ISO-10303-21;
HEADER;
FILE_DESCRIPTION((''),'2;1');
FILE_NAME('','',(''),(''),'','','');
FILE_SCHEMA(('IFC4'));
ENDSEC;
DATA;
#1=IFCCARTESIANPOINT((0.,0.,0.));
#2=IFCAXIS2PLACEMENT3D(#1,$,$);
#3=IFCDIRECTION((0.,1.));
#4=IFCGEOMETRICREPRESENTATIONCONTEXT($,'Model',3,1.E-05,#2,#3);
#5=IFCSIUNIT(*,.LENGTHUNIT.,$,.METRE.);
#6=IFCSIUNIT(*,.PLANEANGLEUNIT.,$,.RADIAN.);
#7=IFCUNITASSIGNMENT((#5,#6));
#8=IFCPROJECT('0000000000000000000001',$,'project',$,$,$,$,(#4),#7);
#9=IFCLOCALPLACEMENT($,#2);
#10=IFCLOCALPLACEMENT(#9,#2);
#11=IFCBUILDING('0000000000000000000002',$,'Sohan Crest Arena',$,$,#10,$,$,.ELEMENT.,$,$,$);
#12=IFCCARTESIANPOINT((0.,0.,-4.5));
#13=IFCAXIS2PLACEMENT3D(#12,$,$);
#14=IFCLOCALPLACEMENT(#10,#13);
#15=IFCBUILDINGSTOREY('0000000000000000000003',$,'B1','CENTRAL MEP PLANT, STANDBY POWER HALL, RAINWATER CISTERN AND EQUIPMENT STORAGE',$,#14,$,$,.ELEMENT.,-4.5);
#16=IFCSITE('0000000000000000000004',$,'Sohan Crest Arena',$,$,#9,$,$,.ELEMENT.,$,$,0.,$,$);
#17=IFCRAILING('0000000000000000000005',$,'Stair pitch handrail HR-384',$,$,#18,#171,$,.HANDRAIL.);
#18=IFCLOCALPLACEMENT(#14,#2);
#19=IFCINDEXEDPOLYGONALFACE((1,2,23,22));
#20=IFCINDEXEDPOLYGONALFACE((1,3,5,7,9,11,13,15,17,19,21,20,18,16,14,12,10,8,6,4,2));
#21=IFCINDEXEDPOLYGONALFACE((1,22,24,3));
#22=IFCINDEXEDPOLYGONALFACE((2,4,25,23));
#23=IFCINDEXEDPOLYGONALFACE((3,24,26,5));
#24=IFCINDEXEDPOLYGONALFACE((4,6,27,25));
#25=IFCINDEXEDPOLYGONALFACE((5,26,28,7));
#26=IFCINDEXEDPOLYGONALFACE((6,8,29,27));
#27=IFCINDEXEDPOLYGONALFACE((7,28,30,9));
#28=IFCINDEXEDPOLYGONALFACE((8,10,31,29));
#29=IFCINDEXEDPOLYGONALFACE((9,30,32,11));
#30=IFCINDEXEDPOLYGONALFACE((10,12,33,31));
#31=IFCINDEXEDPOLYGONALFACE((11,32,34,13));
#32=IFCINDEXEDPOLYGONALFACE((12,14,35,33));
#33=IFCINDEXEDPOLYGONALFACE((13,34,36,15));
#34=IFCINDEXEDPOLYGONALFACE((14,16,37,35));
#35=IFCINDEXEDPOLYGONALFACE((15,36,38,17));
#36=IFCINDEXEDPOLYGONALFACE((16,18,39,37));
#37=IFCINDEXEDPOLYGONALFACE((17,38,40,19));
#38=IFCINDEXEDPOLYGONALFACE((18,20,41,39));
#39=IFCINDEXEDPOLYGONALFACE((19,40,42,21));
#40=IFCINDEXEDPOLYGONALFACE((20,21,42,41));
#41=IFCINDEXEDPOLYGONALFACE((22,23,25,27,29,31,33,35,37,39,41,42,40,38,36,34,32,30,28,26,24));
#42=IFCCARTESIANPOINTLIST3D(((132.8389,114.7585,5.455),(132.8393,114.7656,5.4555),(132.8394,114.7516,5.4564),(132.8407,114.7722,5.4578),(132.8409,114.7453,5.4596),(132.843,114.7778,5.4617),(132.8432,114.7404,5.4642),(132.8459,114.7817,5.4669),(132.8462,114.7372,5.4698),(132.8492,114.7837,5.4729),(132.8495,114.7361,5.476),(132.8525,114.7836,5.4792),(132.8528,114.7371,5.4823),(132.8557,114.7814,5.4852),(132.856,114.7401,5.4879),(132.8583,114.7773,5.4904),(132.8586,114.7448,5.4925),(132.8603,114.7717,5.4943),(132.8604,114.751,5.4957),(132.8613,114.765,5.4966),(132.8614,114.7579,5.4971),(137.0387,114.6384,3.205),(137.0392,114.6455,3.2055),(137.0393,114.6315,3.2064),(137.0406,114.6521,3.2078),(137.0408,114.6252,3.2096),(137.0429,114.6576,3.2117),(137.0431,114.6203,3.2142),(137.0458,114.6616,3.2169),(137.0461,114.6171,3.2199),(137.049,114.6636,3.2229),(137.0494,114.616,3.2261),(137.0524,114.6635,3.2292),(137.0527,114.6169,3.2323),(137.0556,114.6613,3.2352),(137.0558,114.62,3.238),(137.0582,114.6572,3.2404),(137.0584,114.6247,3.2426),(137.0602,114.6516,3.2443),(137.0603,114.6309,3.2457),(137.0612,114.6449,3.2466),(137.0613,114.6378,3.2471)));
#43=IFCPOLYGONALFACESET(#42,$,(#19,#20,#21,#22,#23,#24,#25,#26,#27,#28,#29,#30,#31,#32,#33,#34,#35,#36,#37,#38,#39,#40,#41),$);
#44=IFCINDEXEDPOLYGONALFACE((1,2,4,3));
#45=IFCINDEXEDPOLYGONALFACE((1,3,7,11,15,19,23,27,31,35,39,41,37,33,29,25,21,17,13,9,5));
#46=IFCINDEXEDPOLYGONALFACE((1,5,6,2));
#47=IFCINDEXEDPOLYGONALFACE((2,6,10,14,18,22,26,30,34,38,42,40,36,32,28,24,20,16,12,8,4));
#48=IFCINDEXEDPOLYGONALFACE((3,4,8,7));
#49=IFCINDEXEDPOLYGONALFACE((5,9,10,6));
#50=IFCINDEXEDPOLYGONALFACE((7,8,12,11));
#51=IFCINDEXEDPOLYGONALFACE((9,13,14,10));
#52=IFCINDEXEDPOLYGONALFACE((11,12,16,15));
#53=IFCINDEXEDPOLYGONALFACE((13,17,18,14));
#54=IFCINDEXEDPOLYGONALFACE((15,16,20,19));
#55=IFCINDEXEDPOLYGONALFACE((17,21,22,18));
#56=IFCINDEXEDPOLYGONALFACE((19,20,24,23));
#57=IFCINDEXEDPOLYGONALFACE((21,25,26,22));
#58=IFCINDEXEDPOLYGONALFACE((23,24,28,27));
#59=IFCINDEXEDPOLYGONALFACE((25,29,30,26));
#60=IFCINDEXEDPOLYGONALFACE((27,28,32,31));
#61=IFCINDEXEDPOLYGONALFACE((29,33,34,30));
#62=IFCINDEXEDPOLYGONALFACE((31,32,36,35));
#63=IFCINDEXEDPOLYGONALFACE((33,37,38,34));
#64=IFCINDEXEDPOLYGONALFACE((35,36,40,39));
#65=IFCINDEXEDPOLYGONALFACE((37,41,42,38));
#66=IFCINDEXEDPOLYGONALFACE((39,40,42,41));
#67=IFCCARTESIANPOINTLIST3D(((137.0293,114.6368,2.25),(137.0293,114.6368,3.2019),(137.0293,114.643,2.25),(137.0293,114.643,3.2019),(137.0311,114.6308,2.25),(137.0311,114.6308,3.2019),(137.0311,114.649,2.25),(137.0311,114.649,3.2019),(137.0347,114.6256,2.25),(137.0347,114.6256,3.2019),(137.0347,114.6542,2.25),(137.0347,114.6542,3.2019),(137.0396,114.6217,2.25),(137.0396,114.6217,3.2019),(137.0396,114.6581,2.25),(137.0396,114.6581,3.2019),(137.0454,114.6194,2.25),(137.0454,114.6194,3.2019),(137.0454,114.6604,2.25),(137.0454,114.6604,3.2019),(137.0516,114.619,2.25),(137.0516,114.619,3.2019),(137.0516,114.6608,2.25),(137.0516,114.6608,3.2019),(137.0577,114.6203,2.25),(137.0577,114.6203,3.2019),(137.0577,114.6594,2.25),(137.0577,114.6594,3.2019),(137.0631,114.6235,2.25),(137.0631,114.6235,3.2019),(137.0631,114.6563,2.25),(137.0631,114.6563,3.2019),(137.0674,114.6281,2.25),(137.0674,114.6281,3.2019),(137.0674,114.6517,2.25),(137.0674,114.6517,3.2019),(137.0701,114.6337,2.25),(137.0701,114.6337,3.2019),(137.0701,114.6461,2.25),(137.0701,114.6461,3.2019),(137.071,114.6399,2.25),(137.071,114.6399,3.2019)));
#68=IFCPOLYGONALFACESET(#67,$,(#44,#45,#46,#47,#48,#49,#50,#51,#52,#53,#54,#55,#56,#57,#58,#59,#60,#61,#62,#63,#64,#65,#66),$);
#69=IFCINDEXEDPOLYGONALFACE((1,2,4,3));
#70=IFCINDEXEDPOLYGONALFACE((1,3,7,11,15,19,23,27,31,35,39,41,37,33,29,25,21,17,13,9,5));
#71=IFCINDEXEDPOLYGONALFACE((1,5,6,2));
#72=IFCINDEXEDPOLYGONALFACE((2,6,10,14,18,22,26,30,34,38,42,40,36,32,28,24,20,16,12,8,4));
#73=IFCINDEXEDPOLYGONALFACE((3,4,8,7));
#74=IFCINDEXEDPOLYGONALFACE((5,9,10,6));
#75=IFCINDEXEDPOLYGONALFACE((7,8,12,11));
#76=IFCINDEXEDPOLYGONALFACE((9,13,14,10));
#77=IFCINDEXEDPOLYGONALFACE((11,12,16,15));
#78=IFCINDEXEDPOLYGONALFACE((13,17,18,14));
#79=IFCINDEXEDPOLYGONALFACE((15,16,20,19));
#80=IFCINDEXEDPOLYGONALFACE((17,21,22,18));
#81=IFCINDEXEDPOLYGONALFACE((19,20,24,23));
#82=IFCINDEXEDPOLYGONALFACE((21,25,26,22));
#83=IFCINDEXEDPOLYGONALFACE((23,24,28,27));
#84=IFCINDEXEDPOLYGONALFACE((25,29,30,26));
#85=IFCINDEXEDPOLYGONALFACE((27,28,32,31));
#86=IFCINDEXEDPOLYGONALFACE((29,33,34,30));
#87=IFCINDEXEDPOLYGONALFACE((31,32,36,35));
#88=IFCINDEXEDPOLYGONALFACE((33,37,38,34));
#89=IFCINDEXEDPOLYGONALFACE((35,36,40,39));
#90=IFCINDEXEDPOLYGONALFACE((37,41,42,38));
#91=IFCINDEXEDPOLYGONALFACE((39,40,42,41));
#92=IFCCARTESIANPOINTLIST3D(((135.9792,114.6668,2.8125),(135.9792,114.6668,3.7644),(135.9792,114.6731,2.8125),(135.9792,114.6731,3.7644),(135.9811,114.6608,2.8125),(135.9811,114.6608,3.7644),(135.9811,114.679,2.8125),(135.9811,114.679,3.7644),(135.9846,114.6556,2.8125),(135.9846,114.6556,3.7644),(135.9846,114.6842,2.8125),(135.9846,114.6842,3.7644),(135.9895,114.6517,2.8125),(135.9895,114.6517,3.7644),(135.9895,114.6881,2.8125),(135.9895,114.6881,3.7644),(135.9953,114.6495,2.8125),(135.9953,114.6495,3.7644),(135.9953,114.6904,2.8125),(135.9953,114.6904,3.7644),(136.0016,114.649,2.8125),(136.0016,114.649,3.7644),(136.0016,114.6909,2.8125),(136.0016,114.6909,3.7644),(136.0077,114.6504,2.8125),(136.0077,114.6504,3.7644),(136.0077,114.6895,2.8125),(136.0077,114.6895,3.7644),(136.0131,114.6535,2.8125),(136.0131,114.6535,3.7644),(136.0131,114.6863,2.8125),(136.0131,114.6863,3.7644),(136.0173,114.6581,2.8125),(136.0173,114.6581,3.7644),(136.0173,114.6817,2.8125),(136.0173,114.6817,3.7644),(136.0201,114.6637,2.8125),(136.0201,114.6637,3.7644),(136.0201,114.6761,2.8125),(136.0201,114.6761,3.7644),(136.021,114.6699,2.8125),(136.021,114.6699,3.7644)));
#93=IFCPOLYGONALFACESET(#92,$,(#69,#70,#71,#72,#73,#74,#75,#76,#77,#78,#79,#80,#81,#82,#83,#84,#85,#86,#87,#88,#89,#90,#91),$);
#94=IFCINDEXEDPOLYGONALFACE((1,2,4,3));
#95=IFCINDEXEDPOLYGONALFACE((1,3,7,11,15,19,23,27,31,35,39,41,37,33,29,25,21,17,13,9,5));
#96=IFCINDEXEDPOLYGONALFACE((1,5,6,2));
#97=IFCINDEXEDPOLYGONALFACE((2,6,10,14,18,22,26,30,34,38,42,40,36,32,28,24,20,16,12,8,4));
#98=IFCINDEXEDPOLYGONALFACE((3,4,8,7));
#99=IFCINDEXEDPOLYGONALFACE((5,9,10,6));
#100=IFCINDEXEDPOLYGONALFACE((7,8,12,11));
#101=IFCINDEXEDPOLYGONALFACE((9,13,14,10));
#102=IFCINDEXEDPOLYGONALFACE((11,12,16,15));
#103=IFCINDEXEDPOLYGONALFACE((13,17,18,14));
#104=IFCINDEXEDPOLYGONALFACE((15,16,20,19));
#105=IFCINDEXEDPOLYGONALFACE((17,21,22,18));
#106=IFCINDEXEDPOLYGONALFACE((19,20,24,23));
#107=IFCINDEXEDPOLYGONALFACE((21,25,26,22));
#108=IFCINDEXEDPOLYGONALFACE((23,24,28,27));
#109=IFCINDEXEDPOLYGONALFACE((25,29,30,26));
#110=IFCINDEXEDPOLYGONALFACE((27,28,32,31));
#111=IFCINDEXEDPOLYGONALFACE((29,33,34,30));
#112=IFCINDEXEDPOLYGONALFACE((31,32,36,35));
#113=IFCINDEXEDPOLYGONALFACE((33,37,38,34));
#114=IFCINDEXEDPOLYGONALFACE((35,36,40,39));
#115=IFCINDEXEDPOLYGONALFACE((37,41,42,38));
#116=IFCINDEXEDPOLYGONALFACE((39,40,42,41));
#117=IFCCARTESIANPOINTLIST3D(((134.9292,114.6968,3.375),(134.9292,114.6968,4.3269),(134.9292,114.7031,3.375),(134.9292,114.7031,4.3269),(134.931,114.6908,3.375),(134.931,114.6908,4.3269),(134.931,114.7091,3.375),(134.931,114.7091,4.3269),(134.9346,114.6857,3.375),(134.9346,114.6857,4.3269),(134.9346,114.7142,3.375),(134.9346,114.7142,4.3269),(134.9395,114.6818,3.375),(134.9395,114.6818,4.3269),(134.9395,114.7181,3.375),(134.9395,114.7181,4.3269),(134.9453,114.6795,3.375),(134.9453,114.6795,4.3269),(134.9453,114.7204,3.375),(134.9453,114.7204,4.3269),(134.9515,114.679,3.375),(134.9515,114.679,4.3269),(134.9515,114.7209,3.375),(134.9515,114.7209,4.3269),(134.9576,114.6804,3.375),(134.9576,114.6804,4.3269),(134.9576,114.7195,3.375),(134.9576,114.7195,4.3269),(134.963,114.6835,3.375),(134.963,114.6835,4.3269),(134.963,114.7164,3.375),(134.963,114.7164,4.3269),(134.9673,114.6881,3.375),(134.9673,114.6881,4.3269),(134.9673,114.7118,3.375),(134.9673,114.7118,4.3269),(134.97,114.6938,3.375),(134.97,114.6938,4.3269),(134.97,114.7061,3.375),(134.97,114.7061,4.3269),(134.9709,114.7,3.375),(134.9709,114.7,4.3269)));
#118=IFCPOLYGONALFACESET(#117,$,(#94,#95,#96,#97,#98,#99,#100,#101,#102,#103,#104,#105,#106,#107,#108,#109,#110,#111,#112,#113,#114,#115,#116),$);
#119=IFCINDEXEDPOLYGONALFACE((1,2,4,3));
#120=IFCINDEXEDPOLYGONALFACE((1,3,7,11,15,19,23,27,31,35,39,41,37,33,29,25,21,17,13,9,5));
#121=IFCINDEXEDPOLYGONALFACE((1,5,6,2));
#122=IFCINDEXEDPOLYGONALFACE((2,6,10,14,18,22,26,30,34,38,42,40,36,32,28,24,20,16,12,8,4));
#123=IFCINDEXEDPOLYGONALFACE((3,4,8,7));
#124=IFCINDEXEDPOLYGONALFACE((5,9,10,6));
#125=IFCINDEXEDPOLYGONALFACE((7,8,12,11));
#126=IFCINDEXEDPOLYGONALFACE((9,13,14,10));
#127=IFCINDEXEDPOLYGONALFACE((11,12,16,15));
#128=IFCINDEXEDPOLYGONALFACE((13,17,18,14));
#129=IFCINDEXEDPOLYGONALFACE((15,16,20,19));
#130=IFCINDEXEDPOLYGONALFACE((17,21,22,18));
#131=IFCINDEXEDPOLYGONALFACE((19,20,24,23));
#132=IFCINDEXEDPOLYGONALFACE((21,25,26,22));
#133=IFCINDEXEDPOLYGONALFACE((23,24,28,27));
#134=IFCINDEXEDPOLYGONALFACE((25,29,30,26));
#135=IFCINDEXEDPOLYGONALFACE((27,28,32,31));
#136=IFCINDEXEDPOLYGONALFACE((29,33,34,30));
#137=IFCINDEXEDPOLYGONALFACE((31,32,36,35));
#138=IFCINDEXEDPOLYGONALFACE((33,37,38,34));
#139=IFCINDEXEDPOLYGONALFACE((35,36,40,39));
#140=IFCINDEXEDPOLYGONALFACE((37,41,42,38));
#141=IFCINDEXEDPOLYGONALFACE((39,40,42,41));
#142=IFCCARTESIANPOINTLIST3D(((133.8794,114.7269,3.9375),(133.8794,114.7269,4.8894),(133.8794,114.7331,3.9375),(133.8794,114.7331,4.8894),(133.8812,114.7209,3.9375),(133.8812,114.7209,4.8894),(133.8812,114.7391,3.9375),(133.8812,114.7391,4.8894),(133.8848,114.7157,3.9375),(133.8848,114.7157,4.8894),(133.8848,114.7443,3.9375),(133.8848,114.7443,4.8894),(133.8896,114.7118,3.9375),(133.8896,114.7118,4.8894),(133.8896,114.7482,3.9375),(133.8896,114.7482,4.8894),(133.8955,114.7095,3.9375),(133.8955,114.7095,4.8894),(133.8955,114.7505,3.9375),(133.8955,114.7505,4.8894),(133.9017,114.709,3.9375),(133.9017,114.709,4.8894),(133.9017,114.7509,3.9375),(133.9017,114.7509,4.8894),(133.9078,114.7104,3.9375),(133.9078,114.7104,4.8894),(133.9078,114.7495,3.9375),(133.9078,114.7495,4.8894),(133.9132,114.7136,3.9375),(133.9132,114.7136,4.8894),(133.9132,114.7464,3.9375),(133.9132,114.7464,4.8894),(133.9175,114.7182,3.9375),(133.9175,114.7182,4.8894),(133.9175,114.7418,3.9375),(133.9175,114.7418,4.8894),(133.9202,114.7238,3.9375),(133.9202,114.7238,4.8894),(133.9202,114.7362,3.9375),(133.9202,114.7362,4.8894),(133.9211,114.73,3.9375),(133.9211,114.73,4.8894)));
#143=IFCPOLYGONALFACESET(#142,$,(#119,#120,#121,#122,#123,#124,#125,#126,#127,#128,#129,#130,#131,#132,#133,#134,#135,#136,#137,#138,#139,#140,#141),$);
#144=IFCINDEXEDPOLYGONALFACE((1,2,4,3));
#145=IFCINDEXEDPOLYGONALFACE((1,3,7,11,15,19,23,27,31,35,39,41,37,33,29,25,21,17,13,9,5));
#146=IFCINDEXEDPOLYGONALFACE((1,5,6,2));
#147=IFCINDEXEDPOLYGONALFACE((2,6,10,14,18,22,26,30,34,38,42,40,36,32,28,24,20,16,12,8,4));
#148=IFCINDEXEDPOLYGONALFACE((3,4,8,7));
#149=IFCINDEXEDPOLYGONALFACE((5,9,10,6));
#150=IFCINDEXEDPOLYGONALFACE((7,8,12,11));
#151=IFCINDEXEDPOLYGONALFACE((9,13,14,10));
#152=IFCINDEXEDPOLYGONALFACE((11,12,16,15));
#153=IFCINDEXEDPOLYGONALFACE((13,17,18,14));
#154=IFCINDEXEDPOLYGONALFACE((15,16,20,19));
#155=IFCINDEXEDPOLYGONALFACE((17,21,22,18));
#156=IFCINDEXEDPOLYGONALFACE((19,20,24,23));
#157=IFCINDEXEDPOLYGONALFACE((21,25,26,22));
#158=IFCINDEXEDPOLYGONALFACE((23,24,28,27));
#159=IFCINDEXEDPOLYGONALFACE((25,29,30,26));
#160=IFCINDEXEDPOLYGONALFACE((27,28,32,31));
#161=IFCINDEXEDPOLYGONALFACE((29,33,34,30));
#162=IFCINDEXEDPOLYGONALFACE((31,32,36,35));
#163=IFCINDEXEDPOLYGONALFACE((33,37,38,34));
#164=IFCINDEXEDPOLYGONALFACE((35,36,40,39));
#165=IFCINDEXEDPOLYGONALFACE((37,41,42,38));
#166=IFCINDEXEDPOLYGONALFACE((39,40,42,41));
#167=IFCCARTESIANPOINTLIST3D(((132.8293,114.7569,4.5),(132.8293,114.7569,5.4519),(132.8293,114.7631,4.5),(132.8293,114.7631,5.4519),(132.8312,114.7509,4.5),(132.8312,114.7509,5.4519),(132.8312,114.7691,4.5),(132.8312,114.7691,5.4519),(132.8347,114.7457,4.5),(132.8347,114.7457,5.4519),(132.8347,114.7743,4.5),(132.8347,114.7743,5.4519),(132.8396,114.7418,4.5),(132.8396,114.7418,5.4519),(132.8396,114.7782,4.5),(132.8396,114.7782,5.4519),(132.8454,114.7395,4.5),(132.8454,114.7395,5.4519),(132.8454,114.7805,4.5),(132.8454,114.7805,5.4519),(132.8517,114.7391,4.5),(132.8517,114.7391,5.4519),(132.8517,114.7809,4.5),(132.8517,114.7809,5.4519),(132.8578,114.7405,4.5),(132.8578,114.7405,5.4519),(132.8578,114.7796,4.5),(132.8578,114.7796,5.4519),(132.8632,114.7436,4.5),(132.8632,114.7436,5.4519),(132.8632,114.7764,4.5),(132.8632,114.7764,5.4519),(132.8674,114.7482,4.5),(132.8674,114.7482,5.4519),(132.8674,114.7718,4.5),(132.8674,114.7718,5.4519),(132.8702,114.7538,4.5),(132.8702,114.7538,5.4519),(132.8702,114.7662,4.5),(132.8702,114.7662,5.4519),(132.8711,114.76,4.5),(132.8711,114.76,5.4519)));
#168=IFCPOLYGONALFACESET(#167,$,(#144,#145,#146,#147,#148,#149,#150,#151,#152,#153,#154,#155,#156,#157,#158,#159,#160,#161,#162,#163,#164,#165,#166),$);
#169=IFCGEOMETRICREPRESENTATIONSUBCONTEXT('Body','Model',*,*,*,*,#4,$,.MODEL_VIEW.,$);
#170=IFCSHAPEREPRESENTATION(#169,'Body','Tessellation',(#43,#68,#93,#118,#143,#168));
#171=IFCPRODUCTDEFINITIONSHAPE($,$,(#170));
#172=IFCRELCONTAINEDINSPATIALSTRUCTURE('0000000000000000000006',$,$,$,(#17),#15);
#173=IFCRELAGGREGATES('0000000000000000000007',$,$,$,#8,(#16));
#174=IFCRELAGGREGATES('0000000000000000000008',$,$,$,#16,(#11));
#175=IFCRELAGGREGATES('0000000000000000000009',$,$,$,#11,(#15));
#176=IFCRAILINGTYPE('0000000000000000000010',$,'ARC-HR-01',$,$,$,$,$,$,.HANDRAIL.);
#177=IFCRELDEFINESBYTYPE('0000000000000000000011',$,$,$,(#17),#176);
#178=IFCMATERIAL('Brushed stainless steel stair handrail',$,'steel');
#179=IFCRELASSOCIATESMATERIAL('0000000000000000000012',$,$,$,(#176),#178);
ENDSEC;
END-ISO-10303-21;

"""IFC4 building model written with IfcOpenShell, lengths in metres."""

from ifc_helpers import new_model, si_unit, direction, frame, origin, origin_2d, place, context, subcontext, project, spatial, circle, extrude, material, type_object, element, save


model = new_model("IFC4")

# Units and contexts
model_context = context("Model", 3, precision=1e-05, world=origin(), true_north=direction((0.0, 1.0)))
body_context = subcontext(model_context, "Body", "Model", "MODEL_VIEW")
ifc_project = project(units=[si_unit("LENGTHUNIT", "METRE"), si_unit("PLANEANGLEUNIT", "RADIAN")], contexts=[model_context])

# Site, building, storey
site_placement = place(None, origin())
site = spatial("IfcSite", under=ifc_project, at=site_placement, Name="Sohan Crest Arena", CompositionType="ELEMENT", RefElevation=0.0)
building_placement = place(site_placement, origin())
building = spatial("IfcBuilding", under=site, at=building_placement, Name="Sohan Crest Arena", CompositionType="ELEMENT")
storey_placement = place(building_placement, frame((0.0, 0.0, -4.5)))
storey = spatial("IfcBuildingStorey", under=building, at=storey_placement, Name="B1", Description="CENTRAL MEP PLANT, STANDBY POWER HALL, RAINWATER CISTERN AND EQUIPMENT STORAGE", CompositionType="ELEMENT", Elevation=-4.5)

# Railing
ifc_material_1 = material(Name="Brushed stainless steel stair handrail", Category="steel")
railing_type_1 = type_object("IfcRailingType", Name="ARC-HR-01", PredefinedType="HANDRAIL", material=ifc_material_1)
railing_1_placement = place(storey_placement, frame((137.05, 114.6399, 2.25)))
element("IfcRailing", 1, at=railing_1_placement, inside=storey, type_object=railing_type_1, Name="Stair pitch handrail HR-384", PredefinedType="HANDRAIL", context=body_context, shape_type="SweptSolid", body=[
    extrude(circle(Radius=0.0239, at=origin_2d()), frame((0.0, 0.0, 0.9761), z_axis=(-0.881198, 0.025202, 0.472076), x_axis=(-0.028588, -0.999591, 0.0)), (0.0, 0.0, 1.0), 4.7661),
    extrude(circle(Radius=0.021, at=origin_2d()), origin(), (0.0, 0.0, 1.0), 0.9519),
    extrude(circle(Radius=0.021, at=origin_2d()), frame((-1.05, 0.03, 0.5625)), (0.0, 0.0, 1.0), 0.9519),
    extrude(circle(Radius=0.021, at=origin_2d()), frame((-2.1001, 0.0601, 1.125)), (0.0, 0.0, 1.0), 0.9519),
    extrude(circle(Radius=0.021, at=origin_2d()), frame((-3.1499, 0.0901, 1.6875)), (0.0, 0.0, 1.0), 0.9519),
    extrude(circle(Radius=0.021, at=origin_2d()), frame((-4.2, 0.1201, 2.25)), (0.0, 0.0, 1.0), 0.9519),
])

save(model, "model.ifc")
